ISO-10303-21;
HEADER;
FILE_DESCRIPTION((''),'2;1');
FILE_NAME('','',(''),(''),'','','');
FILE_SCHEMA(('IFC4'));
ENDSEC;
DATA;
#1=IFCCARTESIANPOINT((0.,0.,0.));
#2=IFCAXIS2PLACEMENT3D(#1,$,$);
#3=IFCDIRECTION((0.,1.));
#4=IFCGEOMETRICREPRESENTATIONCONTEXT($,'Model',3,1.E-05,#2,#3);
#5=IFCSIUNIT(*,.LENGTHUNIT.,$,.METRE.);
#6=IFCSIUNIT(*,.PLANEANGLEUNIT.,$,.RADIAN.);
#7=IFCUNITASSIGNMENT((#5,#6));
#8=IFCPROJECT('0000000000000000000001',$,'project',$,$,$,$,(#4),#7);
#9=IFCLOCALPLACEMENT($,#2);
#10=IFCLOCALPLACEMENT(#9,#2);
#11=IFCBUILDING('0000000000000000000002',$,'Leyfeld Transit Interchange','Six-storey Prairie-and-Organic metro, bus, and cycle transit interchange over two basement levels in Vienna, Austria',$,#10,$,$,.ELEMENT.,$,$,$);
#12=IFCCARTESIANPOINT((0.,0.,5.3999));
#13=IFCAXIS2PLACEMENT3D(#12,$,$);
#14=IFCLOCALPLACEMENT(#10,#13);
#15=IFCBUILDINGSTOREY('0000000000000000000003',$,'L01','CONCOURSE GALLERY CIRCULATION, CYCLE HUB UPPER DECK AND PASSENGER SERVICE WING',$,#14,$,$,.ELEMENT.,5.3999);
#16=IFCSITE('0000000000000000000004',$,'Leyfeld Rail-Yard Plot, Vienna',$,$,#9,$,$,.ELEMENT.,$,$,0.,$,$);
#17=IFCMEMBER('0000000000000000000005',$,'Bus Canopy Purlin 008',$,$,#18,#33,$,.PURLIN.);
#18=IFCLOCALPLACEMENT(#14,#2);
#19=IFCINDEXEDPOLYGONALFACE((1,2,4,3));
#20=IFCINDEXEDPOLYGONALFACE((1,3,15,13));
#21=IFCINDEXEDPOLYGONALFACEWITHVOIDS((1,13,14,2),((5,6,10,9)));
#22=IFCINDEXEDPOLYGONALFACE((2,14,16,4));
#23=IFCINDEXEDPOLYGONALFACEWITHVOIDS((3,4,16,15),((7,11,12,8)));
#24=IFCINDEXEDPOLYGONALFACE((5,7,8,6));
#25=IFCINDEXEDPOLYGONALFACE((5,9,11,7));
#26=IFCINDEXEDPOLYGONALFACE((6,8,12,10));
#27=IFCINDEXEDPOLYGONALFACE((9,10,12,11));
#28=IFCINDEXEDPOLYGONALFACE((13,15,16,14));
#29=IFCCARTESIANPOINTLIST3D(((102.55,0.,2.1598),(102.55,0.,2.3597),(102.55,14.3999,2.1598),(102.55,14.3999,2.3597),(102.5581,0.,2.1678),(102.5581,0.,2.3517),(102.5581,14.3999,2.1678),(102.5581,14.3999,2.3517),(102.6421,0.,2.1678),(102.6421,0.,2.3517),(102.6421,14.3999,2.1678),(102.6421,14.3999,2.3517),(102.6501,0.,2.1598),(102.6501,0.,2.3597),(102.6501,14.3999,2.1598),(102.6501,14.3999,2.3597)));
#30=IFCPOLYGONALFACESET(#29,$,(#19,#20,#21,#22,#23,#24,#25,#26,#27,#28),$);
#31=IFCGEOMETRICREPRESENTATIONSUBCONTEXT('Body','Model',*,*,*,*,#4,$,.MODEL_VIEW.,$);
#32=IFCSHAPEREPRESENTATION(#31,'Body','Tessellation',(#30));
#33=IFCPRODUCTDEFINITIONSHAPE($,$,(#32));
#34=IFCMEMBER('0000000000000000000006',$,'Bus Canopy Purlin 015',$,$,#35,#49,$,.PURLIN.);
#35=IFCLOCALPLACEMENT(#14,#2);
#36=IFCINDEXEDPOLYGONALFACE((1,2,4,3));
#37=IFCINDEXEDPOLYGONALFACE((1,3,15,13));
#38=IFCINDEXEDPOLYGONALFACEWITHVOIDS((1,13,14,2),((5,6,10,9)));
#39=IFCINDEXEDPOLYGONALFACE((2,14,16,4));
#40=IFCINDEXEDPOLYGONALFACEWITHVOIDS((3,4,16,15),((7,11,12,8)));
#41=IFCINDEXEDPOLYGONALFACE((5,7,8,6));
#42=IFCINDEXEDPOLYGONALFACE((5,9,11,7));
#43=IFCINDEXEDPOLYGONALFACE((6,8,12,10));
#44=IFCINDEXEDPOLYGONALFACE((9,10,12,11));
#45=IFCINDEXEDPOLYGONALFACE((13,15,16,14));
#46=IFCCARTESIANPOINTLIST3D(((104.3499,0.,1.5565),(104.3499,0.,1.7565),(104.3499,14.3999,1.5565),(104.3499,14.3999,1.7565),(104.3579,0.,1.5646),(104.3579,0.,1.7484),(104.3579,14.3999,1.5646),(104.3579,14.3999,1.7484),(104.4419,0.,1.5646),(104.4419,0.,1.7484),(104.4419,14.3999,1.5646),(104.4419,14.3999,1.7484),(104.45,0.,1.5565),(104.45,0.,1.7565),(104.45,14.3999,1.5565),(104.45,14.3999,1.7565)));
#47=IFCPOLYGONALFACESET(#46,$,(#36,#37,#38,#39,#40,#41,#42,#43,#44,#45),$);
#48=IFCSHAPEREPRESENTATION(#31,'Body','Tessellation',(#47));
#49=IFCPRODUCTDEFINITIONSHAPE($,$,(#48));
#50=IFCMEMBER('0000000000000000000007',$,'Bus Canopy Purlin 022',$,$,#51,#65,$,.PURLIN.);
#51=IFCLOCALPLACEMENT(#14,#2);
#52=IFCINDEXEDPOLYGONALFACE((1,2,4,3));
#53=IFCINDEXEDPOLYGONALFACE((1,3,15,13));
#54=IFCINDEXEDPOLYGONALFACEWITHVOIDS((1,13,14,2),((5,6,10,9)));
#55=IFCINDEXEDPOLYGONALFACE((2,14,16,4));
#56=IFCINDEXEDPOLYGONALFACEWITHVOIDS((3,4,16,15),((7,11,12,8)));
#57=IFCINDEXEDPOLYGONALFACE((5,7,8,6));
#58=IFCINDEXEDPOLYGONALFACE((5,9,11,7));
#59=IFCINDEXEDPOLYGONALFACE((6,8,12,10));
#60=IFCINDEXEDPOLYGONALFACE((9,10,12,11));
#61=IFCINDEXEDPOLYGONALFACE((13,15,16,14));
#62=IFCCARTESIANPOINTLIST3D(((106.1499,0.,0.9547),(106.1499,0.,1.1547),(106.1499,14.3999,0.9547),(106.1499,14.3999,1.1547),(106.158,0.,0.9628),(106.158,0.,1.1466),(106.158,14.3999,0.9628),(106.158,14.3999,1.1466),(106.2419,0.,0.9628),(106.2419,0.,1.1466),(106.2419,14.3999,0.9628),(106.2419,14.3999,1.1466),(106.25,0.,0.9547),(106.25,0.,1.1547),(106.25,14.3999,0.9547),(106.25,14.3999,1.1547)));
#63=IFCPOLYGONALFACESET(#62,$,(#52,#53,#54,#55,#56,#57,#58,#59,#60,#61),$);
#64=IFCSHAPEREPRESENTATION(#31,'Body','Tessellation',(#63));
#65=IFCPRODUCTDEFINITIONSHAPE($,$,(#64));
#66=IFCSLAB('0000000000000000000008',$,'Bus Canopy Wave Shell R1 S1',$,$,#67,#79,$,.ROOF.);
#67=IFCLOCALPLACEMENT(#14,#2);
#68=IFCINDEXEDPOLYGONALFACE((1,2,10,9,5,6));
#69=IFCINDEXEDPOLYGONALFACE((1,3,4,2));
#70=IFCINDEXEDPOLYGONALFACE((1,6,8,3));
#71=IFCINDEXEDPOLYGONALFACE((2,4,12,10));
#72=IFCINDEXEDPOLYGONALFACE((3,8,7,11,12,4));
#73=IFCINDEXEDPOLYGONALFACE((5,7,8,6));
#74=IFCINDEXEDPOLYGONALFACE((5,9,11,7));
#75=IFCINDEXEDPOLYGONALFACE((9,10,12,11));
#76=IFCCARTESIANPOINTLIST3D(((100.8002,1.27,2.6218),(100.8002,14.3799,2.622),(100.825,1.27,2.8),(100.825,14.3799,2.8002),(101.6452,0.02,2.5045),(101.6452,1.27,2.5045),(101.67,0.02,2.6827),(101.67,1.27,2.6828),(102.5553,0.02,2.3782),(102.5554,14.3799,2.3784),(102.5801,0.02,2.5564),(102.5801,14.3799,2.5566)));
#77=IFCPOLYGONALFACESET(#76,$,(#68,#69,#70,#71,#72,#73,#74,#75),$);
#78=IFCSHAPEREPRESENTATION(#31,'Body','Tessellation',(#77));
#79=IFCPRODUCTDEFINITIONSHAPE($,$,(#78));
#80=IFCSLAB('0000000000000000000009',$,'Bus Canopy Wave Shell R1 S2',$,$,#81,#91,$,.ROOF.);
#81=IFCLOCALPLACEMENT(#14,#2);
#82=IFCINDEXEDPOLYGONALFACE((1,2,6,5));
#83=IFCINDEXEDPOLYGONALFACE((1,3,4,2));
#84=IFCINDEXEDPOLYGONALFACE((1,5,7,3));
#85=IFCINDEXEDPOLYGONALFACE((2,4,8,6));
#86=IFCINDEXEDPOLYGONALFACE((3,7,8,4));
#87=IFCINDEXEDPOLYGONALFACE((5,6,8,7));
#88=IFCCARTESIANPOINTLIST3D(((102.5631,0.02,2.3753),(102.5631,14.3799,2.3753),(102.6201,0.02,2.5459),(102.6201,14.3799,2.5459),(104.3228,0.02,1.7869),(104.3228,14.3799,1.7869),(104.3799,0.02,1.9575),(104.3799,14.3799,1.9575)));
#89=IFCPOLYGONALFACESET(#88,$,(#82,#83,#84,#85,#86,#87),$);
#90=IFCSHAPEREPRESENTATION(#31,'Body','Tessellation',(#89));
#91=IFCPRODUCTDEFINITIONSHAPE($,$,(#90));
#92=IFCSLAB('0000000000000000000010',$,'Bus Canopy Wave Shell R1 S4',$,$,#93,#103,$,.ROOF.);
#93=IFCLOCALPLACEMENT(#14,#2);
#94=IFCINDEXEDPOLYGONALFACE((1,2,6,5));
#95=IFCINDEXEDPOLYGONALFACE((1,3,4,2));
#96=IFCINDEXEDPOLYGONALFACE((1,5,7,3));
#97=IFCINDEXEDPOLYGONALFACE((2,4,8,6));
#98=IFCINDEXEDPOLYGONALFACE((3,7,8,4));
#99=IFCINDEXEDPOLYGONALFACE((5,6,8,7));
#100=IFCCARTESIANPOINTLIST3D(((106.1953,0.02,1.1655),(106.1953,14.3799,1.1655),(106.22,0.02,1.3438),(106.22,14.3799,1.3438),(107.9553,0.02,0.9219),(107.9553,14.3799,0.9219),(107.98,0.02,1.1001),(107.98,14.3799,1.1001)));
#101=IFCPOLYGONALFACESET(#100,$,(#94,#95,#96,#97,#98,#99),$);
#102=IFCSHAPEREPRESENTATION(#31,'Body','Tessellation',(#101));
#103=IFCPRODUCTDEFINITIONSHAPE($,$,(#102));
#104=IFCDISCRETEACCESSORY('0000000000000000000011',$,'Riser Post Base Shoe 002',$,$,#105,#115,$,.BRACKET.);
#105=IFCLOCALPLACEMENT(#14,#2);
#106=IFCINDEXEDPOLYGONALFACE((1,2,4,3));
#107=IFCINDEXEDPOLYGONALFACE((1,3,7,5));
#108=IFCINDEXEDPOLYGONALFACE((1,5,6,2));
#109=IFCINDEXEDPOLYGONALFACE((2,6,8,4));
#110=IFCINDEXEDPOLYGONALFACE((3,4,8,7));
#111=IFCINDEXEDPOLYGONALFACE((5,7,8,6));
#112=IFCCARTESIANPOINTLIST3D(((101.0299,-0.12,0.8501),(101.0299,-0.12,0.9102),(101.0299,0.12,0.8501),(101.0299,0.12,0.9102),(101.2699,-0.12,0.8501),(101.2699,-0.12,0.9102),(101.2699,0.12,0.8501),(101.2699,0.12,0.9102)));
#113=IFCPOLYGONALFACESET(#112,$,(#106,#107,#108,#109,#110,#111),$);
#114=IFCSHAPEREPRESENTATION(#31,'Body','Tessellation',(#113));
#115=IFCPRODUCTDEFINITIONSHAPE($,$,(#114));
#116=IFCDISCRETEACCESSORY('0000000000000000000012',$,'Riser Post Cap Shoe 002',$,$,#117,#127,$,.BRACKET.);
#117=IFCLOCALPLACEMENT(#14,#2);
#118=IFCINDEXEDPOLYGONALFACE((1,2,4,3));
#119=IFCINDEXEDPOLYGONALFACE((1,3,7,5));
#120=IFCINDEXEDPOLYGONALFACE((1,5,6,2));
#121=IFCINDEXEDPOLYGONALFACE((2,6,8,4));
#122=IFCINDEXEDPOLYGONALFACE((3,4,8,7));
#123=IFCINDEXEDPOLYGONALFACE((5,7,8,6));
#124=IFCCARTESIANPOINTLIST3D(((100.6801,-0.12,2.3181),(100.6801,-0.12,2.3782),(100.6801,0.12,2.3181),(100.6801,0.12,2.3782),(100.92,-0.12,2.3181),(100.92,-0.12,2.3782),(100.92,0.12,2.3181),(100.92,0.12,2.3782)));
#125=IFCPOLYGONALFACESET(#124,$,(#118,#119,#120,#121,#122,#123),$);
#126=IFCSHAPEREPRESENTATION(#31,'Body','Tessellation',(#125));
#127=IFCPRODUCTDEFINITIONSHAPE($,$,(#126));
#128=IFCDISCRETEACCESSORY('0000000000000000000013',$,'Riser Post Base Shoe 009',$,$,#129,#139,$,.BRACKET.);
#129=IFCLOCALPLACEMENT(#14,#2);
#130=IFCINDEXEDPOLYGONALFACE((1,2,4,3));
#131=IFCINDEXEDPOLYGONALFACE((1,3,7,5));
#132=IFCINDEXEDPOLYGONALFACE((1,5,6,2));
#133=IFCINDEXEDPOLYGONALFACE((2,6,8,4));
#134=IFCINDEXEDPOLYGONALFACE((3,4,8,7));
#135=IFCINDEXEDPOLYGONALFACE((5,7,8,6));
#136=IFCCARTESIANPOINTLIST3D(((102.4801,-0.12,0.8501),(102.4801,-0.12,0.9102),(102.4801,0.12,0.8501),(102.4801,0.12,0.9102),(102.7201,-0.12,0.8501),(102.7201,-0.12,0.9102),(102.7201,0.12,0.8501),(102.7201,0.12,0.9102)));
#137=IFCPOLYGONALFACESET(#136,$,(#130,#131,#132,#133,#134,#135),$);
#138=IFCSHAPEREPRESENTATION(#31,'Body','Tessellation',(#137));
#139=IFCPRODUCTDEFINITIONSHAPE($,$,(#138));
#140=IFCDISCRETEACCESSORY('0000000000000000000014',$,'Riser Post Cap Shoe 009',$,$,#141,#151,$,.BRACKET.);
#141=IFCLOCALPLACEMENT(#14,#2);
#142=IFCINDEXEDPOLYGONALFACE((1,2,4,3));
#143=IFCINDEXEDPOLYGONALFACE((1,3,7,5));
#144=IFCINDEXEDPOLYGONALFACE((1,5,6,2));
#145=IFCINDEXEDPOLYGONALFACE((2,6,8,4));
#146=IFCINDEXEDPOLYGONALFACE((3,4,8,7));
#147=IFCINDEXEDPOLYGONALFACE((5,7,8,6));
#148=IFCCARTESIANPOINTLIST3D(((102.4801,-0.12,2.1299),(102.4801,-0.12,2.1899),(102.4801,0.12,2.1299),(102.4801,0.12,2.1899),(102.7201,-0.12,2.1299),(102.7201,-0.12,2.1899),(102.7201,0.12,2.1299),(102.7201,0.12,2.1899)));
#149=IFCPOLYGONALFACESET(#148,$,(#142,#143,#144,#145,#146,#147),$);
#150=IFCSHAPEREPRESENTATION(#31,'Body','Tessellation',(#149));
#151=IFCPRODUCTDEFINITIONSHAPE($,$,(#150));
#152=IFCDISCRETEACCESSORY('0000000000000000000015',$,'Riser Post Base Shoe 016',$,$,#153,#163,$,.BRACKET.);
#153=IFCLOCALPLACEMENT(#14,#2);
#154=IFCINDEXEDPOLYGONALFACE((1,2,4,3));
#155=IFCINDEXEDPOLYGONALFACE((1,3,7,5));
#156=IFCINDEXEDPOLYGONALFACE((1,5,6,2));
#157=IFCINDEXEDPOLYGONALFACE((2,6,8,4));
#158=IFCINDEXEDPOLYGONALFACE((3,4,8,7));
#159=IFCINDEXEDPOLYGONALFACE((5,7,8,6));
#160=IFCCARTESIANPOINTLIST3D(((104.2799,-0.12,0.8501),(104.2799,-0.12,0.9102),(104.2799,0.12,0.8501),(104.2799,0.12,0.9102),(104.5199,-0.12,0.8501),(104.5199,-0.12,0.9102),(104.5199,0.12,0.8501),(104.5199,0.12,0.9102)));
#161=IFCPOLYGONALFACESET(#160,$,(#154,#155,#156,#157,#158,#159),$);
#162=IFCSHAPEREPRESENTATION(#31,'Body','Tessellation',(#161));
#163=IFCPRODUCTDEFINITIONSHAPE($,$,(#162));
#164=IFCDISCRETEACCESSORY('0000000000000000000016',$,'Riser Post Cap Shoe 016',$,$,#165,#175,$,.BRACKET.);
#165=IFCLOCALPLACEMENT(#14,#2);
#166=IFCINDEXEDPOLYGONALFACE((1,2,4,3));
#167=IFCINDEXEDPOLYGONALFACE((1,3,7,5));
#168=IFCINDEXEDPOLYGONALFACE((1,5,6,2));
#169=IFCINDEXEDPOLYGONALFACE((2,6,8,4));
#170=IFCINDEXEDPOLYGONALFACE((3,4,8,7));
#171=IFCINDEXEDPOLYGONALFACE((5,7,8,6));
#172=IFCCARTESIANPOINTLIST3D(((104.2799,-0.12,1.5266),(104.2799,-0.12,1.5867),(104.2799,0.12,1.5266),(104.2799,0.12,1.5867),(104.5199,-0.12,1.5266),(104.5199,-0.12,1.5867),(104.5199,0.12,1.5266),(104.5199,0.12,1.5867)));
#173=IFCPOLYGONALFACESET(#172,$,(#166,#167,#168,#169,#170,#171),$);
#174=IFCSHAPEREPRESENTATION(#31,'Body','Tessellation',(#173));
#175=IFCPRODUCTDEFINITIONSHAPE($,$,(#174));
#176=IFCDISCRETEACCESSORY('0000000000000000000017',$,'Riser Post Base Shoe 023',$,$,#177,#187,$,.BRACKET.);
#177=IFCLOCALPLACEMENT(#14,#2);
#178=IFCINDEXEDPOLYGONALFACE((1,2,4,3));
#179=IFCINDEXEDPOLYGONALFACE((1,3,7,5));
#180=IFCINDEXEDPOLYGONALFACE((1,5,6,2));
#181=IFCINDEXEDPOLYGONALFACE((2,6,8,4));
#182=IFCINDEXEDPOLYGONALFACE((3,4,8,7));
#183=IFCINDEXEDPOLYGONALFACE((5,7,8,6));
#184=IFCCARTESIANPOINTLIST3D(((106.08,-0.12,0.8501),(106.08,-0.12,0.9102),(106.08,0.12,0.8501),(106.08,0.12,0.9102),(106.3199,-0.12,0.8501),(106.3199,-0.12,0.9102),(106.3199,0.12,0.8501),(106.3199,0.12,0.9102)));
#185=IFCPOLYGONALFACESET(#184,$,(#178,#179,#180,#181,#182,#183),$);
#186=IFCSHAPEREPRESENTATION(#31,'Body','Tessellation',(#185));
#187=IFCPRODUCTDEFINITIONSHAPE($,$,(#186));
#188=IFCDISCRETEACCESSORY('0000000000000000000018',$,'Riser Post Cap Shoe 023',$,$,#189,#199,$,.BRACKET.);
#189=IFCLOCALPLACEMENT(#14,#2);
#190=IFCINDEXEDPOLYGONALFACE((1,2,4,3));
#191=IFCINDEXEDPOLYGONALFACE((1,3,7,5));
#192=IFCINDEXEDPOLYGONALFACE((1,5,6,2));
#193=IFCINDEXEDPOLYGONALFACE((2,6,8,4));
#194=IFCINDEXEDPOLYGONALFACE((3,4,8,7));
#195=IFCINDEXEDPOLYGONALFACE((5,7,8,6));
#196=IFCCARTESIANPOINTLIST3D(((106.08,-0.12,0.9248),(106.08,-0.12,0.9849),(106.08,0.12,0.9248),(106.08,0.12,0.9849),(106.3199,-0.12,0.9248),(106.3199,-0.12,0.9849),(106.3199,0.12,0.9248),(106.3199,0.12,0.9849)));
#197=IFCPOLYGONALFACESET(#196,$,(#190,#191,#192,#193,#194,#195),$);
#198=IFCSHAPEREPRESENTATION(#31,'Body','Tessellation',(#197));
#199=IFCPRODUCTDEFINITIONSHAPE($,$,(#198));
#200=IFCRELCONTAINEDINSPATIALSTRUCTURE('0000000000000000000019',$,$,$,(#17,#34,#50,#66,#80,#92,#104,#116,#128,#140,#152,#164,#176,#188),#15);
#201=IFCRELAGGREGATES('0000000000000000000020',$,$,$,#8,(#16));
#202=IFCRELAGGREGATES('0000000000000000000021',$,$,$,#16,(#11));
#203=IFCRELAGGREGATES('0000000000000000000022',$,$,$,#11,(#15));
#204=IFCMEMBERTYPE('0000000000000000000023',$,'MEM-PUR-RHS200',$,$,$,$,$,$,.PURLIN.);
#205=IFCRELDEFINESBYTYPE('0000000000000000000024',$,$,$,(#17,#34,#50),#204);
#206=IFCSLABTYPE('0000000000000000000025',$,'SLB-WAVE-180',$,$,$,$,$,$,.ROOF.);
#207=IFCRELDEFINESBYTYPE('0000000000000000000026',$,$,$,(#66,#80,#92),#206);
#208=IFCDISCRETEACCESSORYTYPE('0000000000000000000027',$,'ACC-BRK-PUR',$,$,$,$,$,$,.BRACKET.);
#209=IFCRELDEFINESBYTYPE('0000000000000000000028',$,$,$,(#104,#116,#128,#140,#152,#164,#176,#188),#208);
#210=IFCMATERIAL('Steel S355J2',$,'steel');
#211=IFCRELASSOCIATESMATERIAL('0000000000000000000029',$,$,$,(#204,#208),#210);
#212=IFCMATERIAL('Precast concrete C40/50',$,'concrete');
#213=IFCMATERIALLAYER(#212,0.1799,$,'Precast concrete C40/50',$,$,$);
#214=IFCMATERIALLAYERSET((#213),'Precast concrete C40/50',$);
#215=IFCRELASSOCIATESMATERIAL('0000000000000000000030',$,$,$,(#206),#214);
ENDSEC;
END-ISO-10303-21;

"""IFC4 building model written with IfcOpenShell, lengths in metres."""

from ifc_helpers import new_model, si_unit, direction, frame, origin, origin_2d, place, context, subcontext, project, spatial, polyline, rectangle, hollow_rectangle, outline, extrude, material, layer, layer_set, material_profile, profile_set, type_object, element, save


model = new_model("IFC4")

# Units and contexts
model_context = context("Model", 3, precision=1e-05, world=origin(), true_north=direction((0.0, 1.0)))
body_context = subcontext(model_context, "Body", "Model", "MODEL_VIEW")
ifc_project = project(units=[si_unit("LENGTHUNIT", "METRE"), si_unit("PLANEANGLEUNIT", "RADIAN")], contexts=[model_context])

# Site, building, storey
site_placement = place(None, origin())
site = spatial("IfcSite", under=ifc_project, at=site_placement, Name="Leyfeld Rail-Yard Plot, Vienna", CompositionType="ELEMENT", RefElevation=0.0)
building_placement = place(site_placement, origin())
building = spatial("IfcBuilding", under=site, at=building_placement, Name="Leyfeld Transit Interchange", Description="Six-storey Prairie-and-Organic metro, bus, and cycle transit interchange over two basement levels in Vienna, Austria", CompositionType="ELEMENT")
storey_placement = place(building_placement, frame((0.0, 0.0, 5.3999)))
storey = spatial("IfcBuildingStorey", under=building, at=storey_placement, Name="L01", Description="CONCOURSE GALLERY CIRCULATION, CYCLE HUB UPPER DECK AND PASSENGER SERVICE WING", CompositionType="ELEMENT", Elevation=5.3999)

# Shared definitions
ifc_material_1 = material(Name="Steel S355J2", Category="steel")

# Members
ifc_material_profile_1 = material_profile(ifc_material_1, hollow_rectangle(XDim=0.1001, YDim=0.2, WallThickness=0.0081, at=origin_2d()), Name="RHS 200x100x8")
ifc_profile_set_1 = profile_set([ifc_material_profile_1], Name="Steel S355J2")
member_type_1 = type_object("IfcMemberType", Name="MEM-PUR-RHS200", PredefinedType="PURLIN", material=ifc_profile_set_1)
for number, where, z_axis, x_axis, name in (
    (1, (102.6001, 0.0, 2.2598), (0.0, 1.0, 0.0), (-1.0, 0.0, 0.0), "Bus Canopy Purlin 008"),
    (2, (104.3999, 0.0, 1.6565), (0.0, 1.0, 0.0), (-1.0, 0.0, 0.0), "Bus Canopy Purlin 015"),
    (3, (106.2, 0.0, 1.0547), (0.0, 1.0, 0.0), (-1.0, 0.0, 0.0), "Bus Canopy Purlin 022"),
):
    element("IfcMember", number, at=place(storey_placement, frame(where, z_axis=z_axis, x_axis=x_axis)), inside=storey, type_object=member_type_1, Name=name, PredefinedType="PURLIN", context=body_context, shape_type="SweptSolid", body=[
        extrude(hollow_rectangle(XDim=0.1001, YDim=0.2, WallThickness=0.0081, at=origin_2d()), origin(), (0.0, 0.0, 1.0), 14.3999),
    ])

# Slabs
ifc_material_2 = material(Name="Precast concrete C40/50", Category="concrete")
ifc_layer = layer(ifc_material_2, 0.1799, Name="Precast concrete C40/50")
ifc_layer_set = layer_set([ifc_layer], Name="Precast concrete C40/50")
slab_type = type_object("IfcSlabType", Name="SLB-WAVE-180", PredefinedType="ROOF", material=ifc_layer_set)
slab_1_placement = place(storey_placement, frame((100.825, 1.27, 2.8), z_axis=(0.137486, -0.000013, 0.990504), x_axis=(0.990504, 0.0, -0.137486)))
element("IfcSlab", 4, at=slab_1_placement, inside=storey, type_object=slab_type, Name="Bus Canopy Wave Shell R1 S1", PredefinedType="ROOF", context=body_context, shape_type="SweptSolid", body=[
    extrude(outline(polyline([(0.0, 0.0), (0.8531, 0.0), (0.8531, -1.25), (1.772, -1.25), (1.772, 13.1099), (0.0, 13.1099), (0.0, 0.0)])), origin(), (0.0, 0.0, -1.0), 0.1799),
])
slab_2_placement = place(storey_placement, frame((102.6201, 0.02, 2.5459), z_axis=(0.317096, 0.0, 0.948393), x_axis=(0.948393, 0.0, -0.317096)))
element("IfcSlab", 5, at=slab_2_placement, inside=storey, type_object=slab_type, Name="Bus Canopy Wave Shell R1 S2", PredefinedType="ROOF", context=body_context, shape_type="SweptSolid", body=[
    extrude(outline(polyline([(0.0, 0.0), (1.8555, 0.0), (1.8555, 14.3599), (0.0, 14.3599), (0.0, 0.0)])), origin(), (0.0, 0.0, -1.0), 0.1799),
])
slab_3_placement = place(storey_placement, frame((106.22, 0.02, 1.3438), z_axis=(0.13713, 0.0, 0.990553), x_axis=(0.990553, 0.0, -0.13713)))
element("IfcSlab", 6, at=slab_3_placement, inside=storey, type_object=slab_type, Name="Bus Canopy Wave Shell R1 S4", PredefinedType="ROOF", context=body_context, shape_type="SweptSolid", body=[
    extrude(outline(polyline([(0.0, 0.0), (1.7768, 0.0), (1.7768, 14.3599), (0.0, 14.3599), (0.0, 0.0)])), origin(), (0.0, 0.0, -1.0), 0.1799),
])

# Discrete accessories
discrete_accessory_type = type_object("IfcDiscreteAccessoryType", Name="ACC-BRK-PUR", PredefinedType="BRACKET", material=ifc_material_1)
for number, where, z_axis, x_axis, name in (
    (7, (101.1499, 0.0, 0.8501), (0.0, 0.0, 1.0), (1.0, 0.0, 0.0), "Riser Post Base Shoe 002"),
    (8, (100.8, 0.0, 2.3181), (0.0, 0.0, 1.0), (1.0, 0.0, 0.0), "Riser Post Cap Shoe 002"),
    (9, (102.6001, 0.0, 0.8501), (0.0, 0.0, 1.0), (1.0, 0.0, 0.0), "Riser Post Base Shoe 009"),
    (10, (102.6001, 0.0, 2.1299), (0.0, 0.0, 1.0), (1.0, 0.0, 0.0), "Riser Post Cap Shoe 009"),
    (11, (104.3999, 0.0, 0.8501), (0.0, 0.0, 1.0), (1.0, 0.0, 0.0), "Riser Post Base Shoe 016"),
    (12, (104.3999, 0.0, 1.5266), (0.0, 0.0, 1.0), (1.0, 0.0, 0.0), "Riser Post Cap Shoe 016"),
    (13, (106.2, 0.0, 0.8501), (0.0, 0.0, 1.0), (1.0, 0.0, 0.0), "Riser Post Base Shoe 023"),
    (14, (106.2, 0.0, 0.9248), (0.0, 0.0, 1.0), (1.0, 0.0, 0.0), "Riser Post Cap Shoe 023"),
):
    element("IfcDiscreteAccessory", number, at=place(storey_placement, frame(where, z_axis=z_axis, x_axis=x_axis)), inside=storey, type_object=discrete_accessory_type, Name=name, PredefinedType="BRACKET", context=body_context, shape_type="SweptSolid", body=[
        extrude(rectangle(XDim=0.24, YDim=0.24, at=origin_2d()), origin(), (0.0, 0.0, 1.0), 0.0601),
    ])

save(model, "model.ifc")
